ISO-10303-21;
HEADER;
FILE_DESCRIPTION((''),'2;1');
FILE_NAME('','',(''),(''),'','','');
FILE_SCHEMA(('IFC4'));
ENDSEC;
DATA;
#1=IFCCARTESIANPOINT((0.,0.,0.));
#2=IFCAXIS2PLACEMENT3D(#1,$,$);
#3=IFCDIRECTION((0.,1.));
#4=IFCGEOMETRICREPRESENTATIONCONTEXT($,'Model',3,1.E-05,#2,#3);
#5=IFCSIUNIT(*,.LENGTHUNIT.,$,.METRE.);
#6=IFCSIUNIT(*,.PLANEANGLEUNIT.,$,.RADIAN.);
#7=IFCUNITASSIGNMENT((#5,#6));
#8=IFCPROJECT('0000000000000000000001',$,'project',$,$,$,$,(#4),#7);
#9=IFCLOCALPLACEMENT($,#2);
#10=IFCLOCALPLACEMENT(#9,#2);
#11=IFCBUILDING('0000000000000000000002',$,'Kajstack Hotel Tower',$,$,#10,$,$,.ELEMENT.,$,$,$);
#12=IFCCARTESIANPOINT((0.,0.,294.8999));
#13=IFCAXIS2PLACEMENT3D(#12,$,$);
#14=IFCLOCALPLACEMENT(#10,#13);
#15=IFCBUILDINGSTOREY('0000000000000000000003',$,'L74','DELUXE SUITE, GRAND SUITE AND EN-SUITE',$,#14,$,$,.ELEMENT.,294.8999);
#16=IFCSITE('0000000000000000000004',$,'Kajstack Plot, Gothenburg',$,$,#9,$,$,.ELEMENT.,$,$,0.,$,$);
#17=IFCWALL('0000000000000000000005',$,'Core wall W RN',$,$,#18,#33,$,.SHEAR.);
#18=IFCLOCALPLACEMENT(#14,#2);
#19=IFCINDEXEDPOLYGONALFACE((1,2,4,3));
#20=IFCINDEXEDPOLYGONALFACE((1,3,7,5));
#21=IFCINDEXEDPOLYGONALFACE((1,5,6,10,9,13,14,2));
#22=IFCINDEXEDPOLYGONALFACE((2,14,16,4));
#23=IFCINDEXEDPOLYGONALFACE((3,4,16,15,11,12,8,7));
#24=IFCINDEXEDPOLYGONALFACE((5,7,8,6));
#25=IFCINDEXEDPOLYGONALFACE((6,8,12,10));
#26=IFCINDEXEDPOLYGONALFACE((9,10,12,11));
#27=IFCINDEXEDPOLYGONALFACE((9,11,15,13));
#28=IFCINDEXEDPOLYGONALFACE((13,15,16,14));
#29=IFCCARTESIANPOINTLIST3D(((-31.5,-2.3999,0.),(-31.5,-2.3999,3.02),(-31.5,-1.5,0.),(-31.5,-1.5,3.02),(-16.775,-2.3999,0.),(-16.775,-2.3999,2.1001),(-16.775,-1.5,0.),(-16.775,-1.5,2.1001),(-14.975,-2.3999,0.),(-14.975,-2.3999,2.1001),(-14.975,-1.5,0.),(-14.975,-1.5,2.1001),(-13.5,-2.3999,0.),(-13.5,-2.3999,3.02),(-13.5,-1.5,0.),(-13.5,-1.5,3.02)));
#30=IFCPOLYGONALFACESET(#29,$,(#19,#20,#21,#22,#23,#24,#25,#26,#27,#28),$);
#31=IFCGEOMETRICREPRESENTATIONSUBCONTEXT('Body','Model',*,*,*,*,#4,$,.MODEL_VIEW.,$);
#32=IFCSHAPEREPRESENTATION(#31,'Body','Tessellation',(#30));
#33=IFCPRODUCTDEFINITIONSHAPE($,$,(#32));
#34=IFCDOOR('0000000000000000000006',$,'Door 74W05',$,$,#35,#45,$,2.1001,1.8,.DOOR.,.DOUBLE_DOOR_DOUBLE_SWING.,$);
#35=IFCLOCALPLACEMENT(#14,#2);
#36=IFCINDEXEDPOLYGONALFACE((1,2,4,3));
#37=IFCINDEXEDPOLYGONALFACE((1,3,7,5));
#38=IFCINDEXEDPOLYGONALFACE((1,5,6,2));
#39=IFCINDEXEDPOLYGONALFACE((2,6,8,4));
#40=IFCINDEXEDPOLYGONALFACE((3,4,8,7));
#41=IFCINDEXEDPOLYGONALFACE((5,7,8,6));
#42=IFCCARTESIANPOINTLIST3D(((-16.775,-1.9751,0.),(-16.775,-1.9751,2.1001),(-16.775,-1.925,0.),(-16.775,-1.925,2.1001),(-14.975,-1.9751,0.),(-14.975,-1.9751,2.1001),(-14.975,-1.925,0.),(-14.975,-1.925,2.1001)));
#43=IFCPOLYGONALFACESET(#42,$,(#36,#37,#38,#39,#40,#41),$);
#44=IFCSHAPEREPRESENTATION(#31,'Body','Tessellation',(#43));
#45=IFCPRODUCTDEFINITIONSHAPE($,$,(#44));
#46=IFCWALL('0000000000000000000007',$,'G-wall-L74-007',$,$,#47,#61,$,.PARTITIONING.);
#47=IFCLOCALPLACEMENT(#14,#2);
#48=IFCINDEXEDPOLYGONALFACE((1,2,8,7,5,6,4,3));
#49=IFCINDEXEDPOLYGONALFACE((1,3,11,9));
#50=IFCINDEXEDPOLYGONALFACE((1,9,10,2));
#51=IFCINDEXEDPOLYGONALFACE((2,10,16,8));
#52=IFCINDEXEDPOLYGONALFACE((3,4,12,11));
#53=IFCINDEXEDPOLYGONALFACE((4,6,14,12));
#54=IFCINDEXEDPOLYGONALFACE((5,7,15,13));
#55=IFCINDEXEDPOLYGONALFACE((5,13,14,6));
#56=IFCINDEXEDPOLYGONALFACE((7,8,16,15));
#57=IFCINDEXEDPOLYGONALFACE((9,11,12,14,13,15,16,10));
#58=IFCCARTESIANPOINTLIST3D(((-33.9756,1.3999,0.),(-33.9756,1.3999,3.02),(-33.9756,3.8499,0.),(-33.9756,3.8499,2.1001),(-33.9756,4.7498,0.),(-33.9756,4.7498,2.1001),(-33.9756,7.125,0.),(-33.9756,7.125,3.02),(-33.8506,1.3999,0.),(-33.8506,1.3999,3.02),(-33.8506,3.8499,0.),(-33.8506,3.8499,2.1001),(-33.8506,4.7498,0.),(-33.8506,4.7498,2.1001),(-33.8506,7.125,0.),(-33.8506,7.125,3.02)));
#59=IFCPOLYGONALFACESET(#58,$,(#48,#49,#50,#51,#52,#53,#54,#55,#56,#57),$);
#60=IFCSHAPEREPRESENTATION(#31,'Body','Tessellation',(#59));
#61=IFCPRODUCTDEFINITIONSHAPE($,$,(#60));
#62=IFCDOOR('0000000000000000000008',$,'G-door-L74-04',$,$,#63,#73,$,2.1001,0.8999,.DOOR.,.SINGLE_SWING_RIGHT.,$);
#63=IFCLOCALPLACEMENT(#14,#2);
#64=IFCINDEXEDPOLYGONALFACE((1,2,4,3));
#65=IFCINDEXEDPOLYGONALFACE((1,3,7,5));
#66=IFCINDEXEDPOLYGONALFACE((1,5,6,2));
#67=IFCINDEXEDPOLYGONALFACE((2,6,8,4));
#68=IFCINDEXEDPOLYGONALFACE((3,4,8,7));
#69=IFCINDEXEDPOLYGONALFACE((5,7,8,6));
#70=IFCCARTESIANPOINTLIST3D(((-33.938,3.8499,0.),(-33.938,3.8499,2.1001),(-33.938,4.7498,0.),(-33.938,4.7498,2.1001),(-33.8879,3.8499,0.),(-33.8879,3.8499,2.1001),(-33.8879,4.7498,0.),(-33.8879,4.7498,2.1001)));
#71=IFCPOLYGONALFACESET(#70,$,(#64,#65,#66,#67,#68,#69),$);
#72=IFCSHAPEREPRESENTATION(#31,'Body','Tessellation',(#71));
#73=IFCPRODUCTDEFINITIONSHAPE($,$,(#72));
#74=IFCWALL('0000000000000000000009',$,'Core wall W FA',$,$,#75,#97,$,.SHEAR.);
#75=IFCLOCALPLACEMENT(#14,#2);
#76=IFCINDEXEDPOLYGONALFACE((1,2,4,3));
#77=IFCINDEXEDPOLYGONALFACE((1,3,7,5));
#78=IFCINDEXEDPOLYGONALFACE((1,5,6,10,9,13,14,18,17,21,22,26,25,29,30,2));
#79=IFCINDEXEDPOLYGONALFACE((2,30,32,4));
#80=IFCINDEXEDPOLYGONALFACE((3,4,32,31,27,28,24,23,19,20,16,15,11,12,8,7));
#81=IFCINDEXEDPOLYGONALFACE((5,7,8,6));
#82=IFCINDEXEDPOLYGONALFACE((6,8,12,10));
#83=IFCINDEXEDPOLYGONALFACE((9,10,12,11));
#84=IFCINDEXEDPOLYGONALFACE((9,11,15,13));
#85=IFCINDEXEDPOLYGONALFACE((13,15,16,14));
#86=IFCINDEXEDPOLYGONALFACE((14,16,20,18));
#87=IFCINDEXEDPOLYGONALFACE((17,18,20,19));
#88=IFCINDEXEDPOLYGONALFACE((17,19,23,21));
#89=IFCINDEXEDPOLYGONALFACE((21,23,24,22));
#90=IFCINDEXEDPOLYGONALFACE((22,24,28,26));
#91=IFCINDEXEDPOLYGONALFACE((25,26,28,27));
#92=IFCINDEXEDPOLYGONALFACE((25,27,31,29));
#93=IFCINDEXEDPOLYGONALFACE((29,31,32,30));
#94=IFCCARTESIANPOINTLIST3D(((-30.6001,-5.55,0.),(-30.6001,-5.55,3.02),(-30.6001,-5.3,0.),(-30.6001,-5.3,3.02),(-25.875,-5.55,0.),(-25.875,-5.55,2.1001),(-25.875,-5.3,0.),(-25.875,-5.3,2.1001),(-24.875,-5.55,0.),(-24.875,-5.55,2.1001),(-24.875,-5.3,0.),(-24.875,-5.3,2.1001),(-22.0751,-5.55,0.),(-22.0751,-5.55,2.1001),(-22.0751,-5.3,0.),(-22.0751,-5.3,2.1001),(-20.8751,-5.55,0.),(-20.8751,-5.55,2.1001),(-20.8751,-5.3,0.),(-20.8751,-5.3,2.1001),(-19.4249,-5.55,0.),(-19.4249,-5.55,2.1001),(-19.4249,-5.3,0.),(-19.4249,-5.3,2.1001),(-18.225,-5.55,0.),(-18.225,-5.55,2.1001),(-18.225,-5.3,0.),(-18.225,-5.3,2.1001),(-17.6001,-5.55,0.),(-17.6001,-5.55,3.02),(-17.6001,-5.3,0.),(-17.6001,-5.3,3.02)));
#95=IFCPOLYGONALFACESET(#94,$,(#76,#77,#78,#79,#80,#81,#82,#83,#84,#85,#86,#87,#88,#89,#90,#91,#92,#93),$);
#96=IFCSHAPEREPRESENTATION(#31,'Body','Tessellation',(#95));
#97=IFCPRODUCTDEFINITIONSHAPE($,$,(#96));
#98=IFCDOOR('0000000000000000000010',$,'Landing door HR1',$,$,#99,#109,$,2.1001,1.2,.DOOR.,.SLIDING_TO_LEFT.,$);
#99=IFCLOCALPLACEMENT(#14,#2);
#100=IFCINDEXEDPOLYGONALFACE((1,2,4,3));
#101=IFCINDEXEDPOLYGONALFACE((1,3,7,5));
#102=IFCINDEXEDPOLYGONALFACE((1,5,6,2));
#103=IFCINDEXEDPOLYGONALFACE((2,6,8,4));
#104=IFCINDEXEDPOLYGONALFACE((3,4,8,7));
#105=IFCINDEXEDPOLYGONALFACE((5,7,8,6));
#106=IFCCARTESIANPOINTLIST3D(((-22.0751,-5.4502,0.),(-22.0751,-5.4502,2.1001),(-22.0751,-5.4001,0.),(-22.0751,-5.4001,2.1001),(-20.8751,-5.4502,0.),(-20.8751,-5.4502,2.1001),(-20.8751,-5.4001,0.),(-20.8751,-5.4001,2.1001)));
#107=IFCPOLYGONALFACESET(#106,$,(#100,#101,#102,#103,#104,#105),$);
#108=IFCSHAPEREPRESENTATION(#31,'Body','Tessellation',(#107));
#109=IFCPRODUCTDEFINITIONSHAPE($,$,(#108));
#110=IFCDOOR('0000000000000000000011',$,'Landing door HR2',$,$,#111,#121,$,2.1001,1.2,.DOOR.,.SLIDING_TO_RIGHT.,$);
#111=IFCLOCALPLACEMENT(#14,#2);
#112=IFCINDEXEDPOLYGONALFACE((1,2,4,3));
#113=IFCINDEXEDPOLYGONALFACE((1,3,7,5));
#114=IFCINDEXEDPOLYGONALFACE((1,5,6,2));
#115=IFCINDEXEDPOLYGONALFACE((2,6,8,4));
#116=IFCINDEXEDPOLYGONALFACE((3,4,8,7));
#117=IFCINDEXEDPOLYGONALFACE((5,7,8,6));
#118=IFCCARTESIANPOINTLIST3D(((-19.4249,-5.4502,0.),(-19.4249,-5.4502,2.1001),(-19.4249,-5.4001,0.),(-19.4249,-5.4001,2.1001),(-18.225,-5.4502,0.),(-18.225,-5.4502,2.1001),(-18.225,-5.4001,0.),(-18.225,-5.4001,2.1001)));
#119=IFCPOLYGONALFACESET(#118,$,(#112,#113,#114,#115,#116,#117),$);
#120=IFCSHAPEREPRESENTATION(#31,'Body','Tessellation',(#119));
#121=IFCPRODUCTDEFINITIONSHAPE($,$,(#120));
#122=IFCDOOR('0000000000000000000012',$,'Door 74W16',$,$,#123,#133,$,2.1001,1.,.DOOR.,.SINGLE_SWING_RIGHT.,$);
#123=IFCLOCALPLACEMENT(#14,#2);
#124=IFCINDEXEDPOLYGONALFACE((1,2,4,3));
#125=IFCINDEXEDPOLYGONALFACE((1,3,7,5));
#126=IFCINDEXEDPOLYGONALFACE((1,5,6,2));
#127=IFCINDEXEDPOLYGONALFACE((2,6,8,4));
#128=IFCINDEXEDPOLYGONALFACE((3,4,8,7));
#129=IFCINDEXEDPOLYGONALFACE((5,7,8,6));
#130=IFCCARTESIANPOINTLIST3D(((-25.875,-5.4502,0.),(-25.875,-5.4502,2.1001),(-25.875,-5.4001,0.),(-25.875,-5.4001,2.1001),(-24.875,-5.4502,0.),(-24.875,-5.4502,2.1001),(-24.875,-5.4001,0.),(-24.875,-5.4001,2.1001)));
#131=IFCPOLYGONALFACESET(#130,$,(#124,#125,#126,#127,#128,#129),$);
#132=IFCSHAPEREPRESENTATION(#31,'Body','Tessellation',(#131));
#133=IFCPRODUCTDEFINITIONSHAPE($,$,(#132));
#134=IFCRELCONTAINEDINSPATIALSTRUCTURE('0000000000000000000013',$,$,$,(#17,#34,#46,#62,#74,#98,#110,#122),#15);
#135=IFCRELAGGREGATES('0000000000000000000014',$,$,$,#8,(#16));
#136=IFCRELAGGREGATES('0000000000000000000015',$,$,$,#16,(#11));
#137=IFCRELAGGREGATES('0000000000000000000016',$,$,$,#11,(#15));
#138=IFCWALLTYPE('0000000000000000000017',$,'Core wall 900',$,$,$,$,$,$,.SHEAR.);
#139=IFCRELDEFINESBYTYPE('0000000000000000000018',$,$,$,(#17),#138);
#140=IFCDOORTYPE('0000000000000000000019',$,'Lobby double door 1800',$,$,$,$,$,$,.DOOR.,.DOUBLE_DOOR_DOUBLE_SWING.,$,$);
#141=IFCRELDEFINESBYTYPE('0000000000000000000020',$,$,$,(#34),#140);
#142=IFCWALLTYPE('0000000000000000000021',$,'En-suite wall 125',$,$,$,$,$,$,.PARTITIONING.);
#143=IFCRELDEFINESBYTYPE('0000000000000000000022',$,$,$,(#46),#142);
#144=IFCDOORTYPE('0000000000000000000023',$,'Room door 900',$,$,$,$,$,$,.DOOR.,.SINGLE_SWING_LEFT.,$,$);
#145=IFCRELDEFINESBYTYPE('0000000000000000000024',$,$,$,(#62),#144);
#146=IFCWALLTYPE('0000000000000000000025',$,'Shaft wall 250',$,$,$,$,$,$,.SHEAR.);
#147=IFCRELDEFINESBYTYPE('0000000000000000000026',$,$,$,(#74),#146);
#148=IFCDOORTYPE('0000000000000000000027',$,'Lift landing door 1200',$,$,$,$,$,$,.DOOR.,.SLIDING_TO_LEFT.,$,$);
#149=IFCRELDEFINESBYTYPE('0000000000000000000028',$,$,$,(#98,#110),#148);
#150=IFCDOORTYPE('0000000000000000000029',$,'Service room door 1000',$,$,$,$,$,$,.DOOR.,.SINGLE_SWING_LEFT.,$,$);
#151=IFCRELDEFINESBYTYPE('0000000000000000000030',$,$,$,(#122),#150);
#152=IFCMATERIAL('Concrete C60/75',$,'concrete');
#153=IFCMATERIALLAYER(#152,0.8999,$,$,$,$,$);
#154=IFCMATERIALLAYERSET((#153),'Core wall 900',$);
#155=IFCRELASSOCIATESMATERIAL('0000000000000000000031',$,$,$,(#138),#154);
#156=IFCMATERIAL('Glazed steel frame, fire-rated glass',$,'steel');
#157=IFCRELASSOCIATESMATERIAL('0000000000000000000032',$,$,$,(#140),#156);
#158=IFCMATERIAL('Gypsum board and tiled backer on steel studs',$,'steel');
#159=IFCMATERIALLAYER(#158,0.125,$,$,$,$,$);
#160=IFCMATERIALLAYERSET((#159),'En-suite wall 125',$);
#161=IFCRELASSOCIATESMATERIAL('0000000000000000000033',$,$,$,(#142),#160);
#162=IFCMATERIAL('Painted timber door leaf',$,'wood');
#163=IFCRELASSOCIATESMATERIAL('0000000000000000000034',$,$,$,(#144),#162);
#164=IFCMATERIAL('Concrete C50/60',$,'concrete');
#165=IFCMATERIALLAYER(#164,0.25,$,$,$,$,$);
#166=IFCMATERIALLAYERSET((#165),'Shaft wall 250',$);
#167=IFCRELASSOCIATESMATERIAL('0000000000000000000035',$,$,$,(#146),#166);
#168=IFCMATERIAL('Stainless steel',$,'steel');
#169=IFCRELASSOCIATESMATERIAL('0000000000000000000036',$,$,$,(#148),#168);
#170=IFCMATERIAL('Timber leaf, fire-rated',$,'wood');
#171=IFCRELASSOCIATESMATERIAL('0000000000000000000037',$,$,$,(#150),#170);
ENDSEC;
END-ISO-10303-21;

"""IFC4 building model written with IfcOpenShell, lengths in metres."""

from ifc_helpers import new_model, si_unit, direction, frame, frame_2d, origin, place, context, subcontext, project, spatial, rectangle, extrude, material, layer, layer_set, type_object, element, fill, save


model = new_model("IFC4")

# Units and contexts
model_context = context("Model", 3, precision=1e-05, world=origin(), true_north=direction((0.0, 1.0)))
body_context = subcontext(model_context, "Body", "Model", "MODEL_VIEW")
ifc_project = project(units=[si_unit("LENGTHUNIT", "METRE"), si_unit("PLANEANGLEUNIT", "RADIAN")], contexts=[model_context])

# Site, building, storey
site_placement = place(None, origin())
site = spatial("IfcSite", under=ifc_project, at=site_placement, Name="Kajstack Plot, Gothenburg", CompositionType="ELEMENT", RefElevation=0.0)
building_placement = place(site_placement, origin())
building = spatial("IfcBuilding", under=site, at=building_placement, Name="Kajstack Hotel Tower", CompositionType="ELEMENT")
storey_placement = place(building_placement, frame((0.0, 0.0, 294.8999)))
storey = spatial("IfcBuildingStorey", under=building, at=storey_placement, Name="L74", Description="DELUXE SUITE, GRAND SUITE AND EN-SUITE", CompositionType="ELEMENT", Elevation=294.8999)

# Walls, openings, doors
ifc_material_1 = material(Name="Concrete C60/75", Category="concrete")
ifc_layer_1 = layer(ifc_material_1, 0.8999)
ifc_layer_set_1 = layer_set([ifc_layer_1], Name="Core wall 900")
wall_type_1 = type_object("IfcWallType", Name="Core wall 900", PredefinedType="SHEAR", material=ifc_layer_set_1)
wall_1_placement = place(storey_placement, frame((-31.5, -1.95, 0.0), z_axis=(0.0, 0.0, 1.0), x_axis=(1.0, 0.0, 0.0)))
wall_1 = element("IfcWall", 1, at=wall_1_placement, inside=storey, type_object=wall_type_1, Name="Core wall W RN", PredefinedType="SHEAR", context=body_context, shape_type="SweptSolid", body=[
    extrude(rectangle(XDim=18.0, YDim=0.8999, at=frame_2d((9.0, 0.0))), origin(), (0.0, 0.0, 1.0), 3.02),
])
opening_1_placement = place(wall_1_placement, frame((14.7251, 0.0, 0.0)))
opening_1 = element("IfcOpeningElement", 2, at=opening_1_placement, cuts=wall_1, PredefinedType="OPENING", context=body_context, shape_type="SweptSolid", body=[
    extrude(rectangle(XDim=1.8, YDim=2.1001, at=frame_2d((0.8999, 1.05))), frame((0.0, 0.46, 0.0), z_axis=(0.0, -1.0, 0.0), x_axis=(1.0, 0.0, 0.0)), (0.0, 0.0, 1.0), 0.9199),
])
ifc_material_2 = material(Name="Glazed steel frame, fire-rated glass", Category="steel")
door_type_1 = type_object("IfcDoorType", Name="Lobby double door 1800", OperationType="DOUBLE_DOOR_DOUBLE_SWING", PredefinedType="DOOR", material=ifc_material_2)
door_1_placement = place(opening_1_placement, origin())
door_1 = element("IfcDoor", 3, at=door_1_placement, inside=storey, type_object=door_type_1, Name="Door 74W05", OperationType="DOUBLE_DOOR_DOUBLE_SWING", OverallHeight=2.1001, OverallWidth=1.8, PredefinedType="DOOR", context=body_context, shape_type="SweptSolid", body=[
    extrude(rectangle(XDim=1.8, YDim=2.1001, at=frame_2d((0.8999, 1.05))), frame((0.0, 0.0249, 0.0), z_axis=(0.0, -1.0, 0.0), x_axis=(1.0, 0.0, 0.0)), (0.0, 0.0, 1.0), 0.05),
])
fill(opening_1, door_1)
ifc_material_3 = material(Name="Gypsum board and tiled backer on steel studs", Category="steel")
ifc_layer_2 = layer(ifc_material_3, 0.125)
ifc_layer_set_2 = layer_set([ifc_layer_2], Name="En-suite wall 125")
wall_type_2 = type_object("IfcWallType", Name="En-suite wall 125", PredefinedType="PARTITIONING", material=ifc_layer_set_2)
wall_2_placement = place(storey_placement, frame((-33.9131, 1.3999, 0.0), z_axis=(0.0, 0.0, 1.0), x_axis=(0.0, 1.0, 0.0)))
wall_2 = element("IfcWall", 4, at=wall_2_placement, inside=storey, type_object=wall_type_2, Name="G-wall-L74-007", PredefinedType="PARTITIONING", context=body_context, shape_type="SweptSolid", body=[
    extrude(rectangle(XDim=5.7251, YDim=0.125, at=frame_2d((2.8625, 0.0))), origin(), (0.0, 0.0, 1.0), 3.02),
])
opening_2_placement = place(wall_2_placement, frame((2.45, 0.0, 0.0)))
opening_2 = element("IfcOpeningElement", 5, at=opening_2_placement, cuts=wall_2, PredefinedType="OPENING", context=body_context, shape_type="SweptSolid", body=[
    extrude(rectangle(XDim=0.8999, YDim=2.1001, at=frame_2d((0.45, 1.05))), frame((0.0, 0.0725, 0.0), z_axis=(0.0, -1.0, 0.0), x_axis=(1.0, 0.0, 0.0)), (0.0, 0.0, 1.0), 0.145),
])
ifc_material_4 = material(Name="Painted timber door leaf", Category="wood")
door_type_2 = type_object("IfcDoorType", Name="Room door 900", OperationType="SINGLE_SWING_LEFT", PredefinedType="DOOR", material=ifc_material_4)
door_2_placement = place(opening_2_placement, origin())
door_2 = element("IfcDoor", 6, at=door_2_placement, inside=storey, type_object=door_type_2, Name="G-door-L74-04", OperationType="SINGLE_SWING_RIGHT", OverallHeight=2.1001, OverallWidth=0.8999, PredefinedType="DOOR", context=body_context, shape_type="SweptSolid", body=[
    extrude(rectangle(XDim=0.8999, YDim=2.1001, at=frame_2d((0.45, 1.05))), frame((0.0, 0.0249, 0.0), z_axis=(0.0, -1.0, 0.0), x_axis=(1.0, 0.0, 0.0)), (0.0, 0.0, 1.0), 0.05),
])
fill(opening_2, door_2)

# Wall, openings, doors
ifc_material_5 = material(Name="Concrete C50/60", Category="concrete")
ifc_layer_3 = layer(ifc_material_5, 0.25)
ifc_layer_set_3 = layer_set([ifc_layer_3], Name="Shaft wall 250")
wall_type_3 = type_object("IfcWallType", Name="Shaft wall 250", PredefinedType="SHEAR", material=ifc_layer_set_3)
wall_3_placement = place(storey_placement, frame((-30.6001, -5.425, 0.0), z_axis=(0.0, 0.0, 1.0), x_axis=(1.0, 0.0, 0.0)))
wall_3 = element("IfcWall", 7, at=wall_3_placement, inside=storey, type_object=wall_type_3, Name="Core wall W FA", PredefinedType="SHEAR", context=body_context, shape_type="SweptSolid", body=[
    extrude(rectangle(XDim=13.0, YDim=0.25, at=frame_2d((6.5, 0.0))), origin(), (0.0, 0.0, 1.0), 3.02),
])
opening_3_placement = place(wall_3_placement, frame((8.5249, 0.0, 0.0)))
opening_3 = element("IfcOpeningElement", 8, at=opening_3_placement, cuts=wall_3, PredefinedType="OPENING", context=body_context, shape_type="SweptSolid", body=[
    extrude(rectangle(XDim=1.2, YDim=2.1001, at=frame_2d((0.6001, 1.05))), frame((0.0, 0.135, 0.0), z_axis=(0.0, -1.0, 0.0), x_axis=(1.0, 0.0, 0.0)), (0.0, 0.0, 1.0), 0.27),
])
opening_4_placement = place(wall_3_placement, frame((11.175, 0.0, 0.0)))
opening_4 = element("IfcOpeningElement", 9, at=opening_4_placement, cuts=wall_3, PredefinedType="OPENING", context=body_context, shape_type="SweptSolid", body=[
    extrude(rectangle(XDim=1.2, YDim=2.1001, at=frame_2d((0.6001, 1.05))), frame((0.0, 0.135, 0.0), z_axis=(0.0, -1.0, 0.0), x_axis=(1.0, 0.0, 0.0)), (0.0, 0.0, 1.0), 0.27),
])
opening_5_placement = place(wall_3_placement, frame((4.7251, 0.0, 0.0)))
opening_5 = element("IfcOpeningElement", 10, at=opening_5_placement, cuts=wall_3, PredefinedType="OPENING", context=body_context, shape_type="SweptSolid", body=[
    extrude(rectangle(XDim=1.0, YDim=2.1001, at=frame_2d((0.5, 1.05))), frame((0.0, 0.135, 0.0), z_axis=(0.0, -1.0, 0.0), x_axis=(1.0, 0.0, 0.0)), (0.0, 0.0, 1.0), 0.27),
])
ifc_material_6 = material(Name="Stainless steel", Category="steel")
door_type_3 = type_object("IfcDoorType", Name="Lift landing door 1200", OperationType="SLIDING_TO_LEFT", PredefinedType="DOOR", material=ifc_material_6)
door_3_placement = place(opening_3_placement, origin())
door_3 = element("IfcDoor", 11, at=door_3_placement, inside=storey, type_object=door_type_3, Name="Landing door HR1", OperationType="SLIDING_TO_LEFT", OverallHeight=2.1001, OverallWidth=1.2, PredefinedType="DOOR", context=body_context, shape_type="SweptSolid", body=[
    extrude(rectangle(XDim=1.2, YDim=2.1001, at=frame_2d((0.6001, 1.05))), frame((0.0, 0.0249, 0.0), z_axis=(0.0, -1.0, 0.0), x_axis=(1.0, 0.0, 0.0)), (0.0, 0.0, 1.0), 0.05),
])
fill(opening_3, door_3)
door_4_placement = place(opening_4_placement, origin())
door_4 = element("IfcDoor", 12, at=door_4_placement, inside=storey, type_object=door_type_3, Name="Landing door HR2", OperationType="SLIDING_TO_RIGHT", OverallHeight=2.1001, OverallWidth=1.2, PredefinedType="DOOR", context=body_context, shape_type="SweptSolid", body=[
    extrude(rectangle(XDim=1.2, YDim=2.1001, at=frame_2d((0.6001, 1.05))), frame((0.0, 0.0249, 0.0), z_axis=(0.0, -1.0, 0.0), x_axis=(1.0, 0.0, 0.0)), (0.0, 0.0, 1.0), 0.05),
])
fill(opening_4, door_4)
ifc_material_7 = material(Name="Timber leaf, fire-rated", Category="wood")
door_type_4 = type_object("IfcDoorType", Name="Service room door 1000", OperationType="SINGLE_SWING_LEFT", PredefinedType="DOOR", material=ifc_material_7)
door_5_placement = place(opening_5_placement, origin())
door_5 = element("IfcDoor", 13, at=door_5_placement, inside=storey, type_object=door_type_4, Name="Door 74W16", OperationType="SINGLE_SWING_RIGHT", OverallHeight=2.1001, OverallWidth=1.0, PredefinedType="DOOR", context=body_context, shape_type="SweptSolid", body=[
    extrude(rectangle(XDim=1.0, YDim=2.1001, at=frame_2d((0.5, 1.05))), frame((0.0, 0.0249, 0.0), z_axis=(0.0, -1.0, 0.0), x_axis=(1.0, 0.0, 0.0)), (0.0, 0.0, 1.0), 0.05),
])
fill(opening_5, door_5)

save(model, "model.ifc")
